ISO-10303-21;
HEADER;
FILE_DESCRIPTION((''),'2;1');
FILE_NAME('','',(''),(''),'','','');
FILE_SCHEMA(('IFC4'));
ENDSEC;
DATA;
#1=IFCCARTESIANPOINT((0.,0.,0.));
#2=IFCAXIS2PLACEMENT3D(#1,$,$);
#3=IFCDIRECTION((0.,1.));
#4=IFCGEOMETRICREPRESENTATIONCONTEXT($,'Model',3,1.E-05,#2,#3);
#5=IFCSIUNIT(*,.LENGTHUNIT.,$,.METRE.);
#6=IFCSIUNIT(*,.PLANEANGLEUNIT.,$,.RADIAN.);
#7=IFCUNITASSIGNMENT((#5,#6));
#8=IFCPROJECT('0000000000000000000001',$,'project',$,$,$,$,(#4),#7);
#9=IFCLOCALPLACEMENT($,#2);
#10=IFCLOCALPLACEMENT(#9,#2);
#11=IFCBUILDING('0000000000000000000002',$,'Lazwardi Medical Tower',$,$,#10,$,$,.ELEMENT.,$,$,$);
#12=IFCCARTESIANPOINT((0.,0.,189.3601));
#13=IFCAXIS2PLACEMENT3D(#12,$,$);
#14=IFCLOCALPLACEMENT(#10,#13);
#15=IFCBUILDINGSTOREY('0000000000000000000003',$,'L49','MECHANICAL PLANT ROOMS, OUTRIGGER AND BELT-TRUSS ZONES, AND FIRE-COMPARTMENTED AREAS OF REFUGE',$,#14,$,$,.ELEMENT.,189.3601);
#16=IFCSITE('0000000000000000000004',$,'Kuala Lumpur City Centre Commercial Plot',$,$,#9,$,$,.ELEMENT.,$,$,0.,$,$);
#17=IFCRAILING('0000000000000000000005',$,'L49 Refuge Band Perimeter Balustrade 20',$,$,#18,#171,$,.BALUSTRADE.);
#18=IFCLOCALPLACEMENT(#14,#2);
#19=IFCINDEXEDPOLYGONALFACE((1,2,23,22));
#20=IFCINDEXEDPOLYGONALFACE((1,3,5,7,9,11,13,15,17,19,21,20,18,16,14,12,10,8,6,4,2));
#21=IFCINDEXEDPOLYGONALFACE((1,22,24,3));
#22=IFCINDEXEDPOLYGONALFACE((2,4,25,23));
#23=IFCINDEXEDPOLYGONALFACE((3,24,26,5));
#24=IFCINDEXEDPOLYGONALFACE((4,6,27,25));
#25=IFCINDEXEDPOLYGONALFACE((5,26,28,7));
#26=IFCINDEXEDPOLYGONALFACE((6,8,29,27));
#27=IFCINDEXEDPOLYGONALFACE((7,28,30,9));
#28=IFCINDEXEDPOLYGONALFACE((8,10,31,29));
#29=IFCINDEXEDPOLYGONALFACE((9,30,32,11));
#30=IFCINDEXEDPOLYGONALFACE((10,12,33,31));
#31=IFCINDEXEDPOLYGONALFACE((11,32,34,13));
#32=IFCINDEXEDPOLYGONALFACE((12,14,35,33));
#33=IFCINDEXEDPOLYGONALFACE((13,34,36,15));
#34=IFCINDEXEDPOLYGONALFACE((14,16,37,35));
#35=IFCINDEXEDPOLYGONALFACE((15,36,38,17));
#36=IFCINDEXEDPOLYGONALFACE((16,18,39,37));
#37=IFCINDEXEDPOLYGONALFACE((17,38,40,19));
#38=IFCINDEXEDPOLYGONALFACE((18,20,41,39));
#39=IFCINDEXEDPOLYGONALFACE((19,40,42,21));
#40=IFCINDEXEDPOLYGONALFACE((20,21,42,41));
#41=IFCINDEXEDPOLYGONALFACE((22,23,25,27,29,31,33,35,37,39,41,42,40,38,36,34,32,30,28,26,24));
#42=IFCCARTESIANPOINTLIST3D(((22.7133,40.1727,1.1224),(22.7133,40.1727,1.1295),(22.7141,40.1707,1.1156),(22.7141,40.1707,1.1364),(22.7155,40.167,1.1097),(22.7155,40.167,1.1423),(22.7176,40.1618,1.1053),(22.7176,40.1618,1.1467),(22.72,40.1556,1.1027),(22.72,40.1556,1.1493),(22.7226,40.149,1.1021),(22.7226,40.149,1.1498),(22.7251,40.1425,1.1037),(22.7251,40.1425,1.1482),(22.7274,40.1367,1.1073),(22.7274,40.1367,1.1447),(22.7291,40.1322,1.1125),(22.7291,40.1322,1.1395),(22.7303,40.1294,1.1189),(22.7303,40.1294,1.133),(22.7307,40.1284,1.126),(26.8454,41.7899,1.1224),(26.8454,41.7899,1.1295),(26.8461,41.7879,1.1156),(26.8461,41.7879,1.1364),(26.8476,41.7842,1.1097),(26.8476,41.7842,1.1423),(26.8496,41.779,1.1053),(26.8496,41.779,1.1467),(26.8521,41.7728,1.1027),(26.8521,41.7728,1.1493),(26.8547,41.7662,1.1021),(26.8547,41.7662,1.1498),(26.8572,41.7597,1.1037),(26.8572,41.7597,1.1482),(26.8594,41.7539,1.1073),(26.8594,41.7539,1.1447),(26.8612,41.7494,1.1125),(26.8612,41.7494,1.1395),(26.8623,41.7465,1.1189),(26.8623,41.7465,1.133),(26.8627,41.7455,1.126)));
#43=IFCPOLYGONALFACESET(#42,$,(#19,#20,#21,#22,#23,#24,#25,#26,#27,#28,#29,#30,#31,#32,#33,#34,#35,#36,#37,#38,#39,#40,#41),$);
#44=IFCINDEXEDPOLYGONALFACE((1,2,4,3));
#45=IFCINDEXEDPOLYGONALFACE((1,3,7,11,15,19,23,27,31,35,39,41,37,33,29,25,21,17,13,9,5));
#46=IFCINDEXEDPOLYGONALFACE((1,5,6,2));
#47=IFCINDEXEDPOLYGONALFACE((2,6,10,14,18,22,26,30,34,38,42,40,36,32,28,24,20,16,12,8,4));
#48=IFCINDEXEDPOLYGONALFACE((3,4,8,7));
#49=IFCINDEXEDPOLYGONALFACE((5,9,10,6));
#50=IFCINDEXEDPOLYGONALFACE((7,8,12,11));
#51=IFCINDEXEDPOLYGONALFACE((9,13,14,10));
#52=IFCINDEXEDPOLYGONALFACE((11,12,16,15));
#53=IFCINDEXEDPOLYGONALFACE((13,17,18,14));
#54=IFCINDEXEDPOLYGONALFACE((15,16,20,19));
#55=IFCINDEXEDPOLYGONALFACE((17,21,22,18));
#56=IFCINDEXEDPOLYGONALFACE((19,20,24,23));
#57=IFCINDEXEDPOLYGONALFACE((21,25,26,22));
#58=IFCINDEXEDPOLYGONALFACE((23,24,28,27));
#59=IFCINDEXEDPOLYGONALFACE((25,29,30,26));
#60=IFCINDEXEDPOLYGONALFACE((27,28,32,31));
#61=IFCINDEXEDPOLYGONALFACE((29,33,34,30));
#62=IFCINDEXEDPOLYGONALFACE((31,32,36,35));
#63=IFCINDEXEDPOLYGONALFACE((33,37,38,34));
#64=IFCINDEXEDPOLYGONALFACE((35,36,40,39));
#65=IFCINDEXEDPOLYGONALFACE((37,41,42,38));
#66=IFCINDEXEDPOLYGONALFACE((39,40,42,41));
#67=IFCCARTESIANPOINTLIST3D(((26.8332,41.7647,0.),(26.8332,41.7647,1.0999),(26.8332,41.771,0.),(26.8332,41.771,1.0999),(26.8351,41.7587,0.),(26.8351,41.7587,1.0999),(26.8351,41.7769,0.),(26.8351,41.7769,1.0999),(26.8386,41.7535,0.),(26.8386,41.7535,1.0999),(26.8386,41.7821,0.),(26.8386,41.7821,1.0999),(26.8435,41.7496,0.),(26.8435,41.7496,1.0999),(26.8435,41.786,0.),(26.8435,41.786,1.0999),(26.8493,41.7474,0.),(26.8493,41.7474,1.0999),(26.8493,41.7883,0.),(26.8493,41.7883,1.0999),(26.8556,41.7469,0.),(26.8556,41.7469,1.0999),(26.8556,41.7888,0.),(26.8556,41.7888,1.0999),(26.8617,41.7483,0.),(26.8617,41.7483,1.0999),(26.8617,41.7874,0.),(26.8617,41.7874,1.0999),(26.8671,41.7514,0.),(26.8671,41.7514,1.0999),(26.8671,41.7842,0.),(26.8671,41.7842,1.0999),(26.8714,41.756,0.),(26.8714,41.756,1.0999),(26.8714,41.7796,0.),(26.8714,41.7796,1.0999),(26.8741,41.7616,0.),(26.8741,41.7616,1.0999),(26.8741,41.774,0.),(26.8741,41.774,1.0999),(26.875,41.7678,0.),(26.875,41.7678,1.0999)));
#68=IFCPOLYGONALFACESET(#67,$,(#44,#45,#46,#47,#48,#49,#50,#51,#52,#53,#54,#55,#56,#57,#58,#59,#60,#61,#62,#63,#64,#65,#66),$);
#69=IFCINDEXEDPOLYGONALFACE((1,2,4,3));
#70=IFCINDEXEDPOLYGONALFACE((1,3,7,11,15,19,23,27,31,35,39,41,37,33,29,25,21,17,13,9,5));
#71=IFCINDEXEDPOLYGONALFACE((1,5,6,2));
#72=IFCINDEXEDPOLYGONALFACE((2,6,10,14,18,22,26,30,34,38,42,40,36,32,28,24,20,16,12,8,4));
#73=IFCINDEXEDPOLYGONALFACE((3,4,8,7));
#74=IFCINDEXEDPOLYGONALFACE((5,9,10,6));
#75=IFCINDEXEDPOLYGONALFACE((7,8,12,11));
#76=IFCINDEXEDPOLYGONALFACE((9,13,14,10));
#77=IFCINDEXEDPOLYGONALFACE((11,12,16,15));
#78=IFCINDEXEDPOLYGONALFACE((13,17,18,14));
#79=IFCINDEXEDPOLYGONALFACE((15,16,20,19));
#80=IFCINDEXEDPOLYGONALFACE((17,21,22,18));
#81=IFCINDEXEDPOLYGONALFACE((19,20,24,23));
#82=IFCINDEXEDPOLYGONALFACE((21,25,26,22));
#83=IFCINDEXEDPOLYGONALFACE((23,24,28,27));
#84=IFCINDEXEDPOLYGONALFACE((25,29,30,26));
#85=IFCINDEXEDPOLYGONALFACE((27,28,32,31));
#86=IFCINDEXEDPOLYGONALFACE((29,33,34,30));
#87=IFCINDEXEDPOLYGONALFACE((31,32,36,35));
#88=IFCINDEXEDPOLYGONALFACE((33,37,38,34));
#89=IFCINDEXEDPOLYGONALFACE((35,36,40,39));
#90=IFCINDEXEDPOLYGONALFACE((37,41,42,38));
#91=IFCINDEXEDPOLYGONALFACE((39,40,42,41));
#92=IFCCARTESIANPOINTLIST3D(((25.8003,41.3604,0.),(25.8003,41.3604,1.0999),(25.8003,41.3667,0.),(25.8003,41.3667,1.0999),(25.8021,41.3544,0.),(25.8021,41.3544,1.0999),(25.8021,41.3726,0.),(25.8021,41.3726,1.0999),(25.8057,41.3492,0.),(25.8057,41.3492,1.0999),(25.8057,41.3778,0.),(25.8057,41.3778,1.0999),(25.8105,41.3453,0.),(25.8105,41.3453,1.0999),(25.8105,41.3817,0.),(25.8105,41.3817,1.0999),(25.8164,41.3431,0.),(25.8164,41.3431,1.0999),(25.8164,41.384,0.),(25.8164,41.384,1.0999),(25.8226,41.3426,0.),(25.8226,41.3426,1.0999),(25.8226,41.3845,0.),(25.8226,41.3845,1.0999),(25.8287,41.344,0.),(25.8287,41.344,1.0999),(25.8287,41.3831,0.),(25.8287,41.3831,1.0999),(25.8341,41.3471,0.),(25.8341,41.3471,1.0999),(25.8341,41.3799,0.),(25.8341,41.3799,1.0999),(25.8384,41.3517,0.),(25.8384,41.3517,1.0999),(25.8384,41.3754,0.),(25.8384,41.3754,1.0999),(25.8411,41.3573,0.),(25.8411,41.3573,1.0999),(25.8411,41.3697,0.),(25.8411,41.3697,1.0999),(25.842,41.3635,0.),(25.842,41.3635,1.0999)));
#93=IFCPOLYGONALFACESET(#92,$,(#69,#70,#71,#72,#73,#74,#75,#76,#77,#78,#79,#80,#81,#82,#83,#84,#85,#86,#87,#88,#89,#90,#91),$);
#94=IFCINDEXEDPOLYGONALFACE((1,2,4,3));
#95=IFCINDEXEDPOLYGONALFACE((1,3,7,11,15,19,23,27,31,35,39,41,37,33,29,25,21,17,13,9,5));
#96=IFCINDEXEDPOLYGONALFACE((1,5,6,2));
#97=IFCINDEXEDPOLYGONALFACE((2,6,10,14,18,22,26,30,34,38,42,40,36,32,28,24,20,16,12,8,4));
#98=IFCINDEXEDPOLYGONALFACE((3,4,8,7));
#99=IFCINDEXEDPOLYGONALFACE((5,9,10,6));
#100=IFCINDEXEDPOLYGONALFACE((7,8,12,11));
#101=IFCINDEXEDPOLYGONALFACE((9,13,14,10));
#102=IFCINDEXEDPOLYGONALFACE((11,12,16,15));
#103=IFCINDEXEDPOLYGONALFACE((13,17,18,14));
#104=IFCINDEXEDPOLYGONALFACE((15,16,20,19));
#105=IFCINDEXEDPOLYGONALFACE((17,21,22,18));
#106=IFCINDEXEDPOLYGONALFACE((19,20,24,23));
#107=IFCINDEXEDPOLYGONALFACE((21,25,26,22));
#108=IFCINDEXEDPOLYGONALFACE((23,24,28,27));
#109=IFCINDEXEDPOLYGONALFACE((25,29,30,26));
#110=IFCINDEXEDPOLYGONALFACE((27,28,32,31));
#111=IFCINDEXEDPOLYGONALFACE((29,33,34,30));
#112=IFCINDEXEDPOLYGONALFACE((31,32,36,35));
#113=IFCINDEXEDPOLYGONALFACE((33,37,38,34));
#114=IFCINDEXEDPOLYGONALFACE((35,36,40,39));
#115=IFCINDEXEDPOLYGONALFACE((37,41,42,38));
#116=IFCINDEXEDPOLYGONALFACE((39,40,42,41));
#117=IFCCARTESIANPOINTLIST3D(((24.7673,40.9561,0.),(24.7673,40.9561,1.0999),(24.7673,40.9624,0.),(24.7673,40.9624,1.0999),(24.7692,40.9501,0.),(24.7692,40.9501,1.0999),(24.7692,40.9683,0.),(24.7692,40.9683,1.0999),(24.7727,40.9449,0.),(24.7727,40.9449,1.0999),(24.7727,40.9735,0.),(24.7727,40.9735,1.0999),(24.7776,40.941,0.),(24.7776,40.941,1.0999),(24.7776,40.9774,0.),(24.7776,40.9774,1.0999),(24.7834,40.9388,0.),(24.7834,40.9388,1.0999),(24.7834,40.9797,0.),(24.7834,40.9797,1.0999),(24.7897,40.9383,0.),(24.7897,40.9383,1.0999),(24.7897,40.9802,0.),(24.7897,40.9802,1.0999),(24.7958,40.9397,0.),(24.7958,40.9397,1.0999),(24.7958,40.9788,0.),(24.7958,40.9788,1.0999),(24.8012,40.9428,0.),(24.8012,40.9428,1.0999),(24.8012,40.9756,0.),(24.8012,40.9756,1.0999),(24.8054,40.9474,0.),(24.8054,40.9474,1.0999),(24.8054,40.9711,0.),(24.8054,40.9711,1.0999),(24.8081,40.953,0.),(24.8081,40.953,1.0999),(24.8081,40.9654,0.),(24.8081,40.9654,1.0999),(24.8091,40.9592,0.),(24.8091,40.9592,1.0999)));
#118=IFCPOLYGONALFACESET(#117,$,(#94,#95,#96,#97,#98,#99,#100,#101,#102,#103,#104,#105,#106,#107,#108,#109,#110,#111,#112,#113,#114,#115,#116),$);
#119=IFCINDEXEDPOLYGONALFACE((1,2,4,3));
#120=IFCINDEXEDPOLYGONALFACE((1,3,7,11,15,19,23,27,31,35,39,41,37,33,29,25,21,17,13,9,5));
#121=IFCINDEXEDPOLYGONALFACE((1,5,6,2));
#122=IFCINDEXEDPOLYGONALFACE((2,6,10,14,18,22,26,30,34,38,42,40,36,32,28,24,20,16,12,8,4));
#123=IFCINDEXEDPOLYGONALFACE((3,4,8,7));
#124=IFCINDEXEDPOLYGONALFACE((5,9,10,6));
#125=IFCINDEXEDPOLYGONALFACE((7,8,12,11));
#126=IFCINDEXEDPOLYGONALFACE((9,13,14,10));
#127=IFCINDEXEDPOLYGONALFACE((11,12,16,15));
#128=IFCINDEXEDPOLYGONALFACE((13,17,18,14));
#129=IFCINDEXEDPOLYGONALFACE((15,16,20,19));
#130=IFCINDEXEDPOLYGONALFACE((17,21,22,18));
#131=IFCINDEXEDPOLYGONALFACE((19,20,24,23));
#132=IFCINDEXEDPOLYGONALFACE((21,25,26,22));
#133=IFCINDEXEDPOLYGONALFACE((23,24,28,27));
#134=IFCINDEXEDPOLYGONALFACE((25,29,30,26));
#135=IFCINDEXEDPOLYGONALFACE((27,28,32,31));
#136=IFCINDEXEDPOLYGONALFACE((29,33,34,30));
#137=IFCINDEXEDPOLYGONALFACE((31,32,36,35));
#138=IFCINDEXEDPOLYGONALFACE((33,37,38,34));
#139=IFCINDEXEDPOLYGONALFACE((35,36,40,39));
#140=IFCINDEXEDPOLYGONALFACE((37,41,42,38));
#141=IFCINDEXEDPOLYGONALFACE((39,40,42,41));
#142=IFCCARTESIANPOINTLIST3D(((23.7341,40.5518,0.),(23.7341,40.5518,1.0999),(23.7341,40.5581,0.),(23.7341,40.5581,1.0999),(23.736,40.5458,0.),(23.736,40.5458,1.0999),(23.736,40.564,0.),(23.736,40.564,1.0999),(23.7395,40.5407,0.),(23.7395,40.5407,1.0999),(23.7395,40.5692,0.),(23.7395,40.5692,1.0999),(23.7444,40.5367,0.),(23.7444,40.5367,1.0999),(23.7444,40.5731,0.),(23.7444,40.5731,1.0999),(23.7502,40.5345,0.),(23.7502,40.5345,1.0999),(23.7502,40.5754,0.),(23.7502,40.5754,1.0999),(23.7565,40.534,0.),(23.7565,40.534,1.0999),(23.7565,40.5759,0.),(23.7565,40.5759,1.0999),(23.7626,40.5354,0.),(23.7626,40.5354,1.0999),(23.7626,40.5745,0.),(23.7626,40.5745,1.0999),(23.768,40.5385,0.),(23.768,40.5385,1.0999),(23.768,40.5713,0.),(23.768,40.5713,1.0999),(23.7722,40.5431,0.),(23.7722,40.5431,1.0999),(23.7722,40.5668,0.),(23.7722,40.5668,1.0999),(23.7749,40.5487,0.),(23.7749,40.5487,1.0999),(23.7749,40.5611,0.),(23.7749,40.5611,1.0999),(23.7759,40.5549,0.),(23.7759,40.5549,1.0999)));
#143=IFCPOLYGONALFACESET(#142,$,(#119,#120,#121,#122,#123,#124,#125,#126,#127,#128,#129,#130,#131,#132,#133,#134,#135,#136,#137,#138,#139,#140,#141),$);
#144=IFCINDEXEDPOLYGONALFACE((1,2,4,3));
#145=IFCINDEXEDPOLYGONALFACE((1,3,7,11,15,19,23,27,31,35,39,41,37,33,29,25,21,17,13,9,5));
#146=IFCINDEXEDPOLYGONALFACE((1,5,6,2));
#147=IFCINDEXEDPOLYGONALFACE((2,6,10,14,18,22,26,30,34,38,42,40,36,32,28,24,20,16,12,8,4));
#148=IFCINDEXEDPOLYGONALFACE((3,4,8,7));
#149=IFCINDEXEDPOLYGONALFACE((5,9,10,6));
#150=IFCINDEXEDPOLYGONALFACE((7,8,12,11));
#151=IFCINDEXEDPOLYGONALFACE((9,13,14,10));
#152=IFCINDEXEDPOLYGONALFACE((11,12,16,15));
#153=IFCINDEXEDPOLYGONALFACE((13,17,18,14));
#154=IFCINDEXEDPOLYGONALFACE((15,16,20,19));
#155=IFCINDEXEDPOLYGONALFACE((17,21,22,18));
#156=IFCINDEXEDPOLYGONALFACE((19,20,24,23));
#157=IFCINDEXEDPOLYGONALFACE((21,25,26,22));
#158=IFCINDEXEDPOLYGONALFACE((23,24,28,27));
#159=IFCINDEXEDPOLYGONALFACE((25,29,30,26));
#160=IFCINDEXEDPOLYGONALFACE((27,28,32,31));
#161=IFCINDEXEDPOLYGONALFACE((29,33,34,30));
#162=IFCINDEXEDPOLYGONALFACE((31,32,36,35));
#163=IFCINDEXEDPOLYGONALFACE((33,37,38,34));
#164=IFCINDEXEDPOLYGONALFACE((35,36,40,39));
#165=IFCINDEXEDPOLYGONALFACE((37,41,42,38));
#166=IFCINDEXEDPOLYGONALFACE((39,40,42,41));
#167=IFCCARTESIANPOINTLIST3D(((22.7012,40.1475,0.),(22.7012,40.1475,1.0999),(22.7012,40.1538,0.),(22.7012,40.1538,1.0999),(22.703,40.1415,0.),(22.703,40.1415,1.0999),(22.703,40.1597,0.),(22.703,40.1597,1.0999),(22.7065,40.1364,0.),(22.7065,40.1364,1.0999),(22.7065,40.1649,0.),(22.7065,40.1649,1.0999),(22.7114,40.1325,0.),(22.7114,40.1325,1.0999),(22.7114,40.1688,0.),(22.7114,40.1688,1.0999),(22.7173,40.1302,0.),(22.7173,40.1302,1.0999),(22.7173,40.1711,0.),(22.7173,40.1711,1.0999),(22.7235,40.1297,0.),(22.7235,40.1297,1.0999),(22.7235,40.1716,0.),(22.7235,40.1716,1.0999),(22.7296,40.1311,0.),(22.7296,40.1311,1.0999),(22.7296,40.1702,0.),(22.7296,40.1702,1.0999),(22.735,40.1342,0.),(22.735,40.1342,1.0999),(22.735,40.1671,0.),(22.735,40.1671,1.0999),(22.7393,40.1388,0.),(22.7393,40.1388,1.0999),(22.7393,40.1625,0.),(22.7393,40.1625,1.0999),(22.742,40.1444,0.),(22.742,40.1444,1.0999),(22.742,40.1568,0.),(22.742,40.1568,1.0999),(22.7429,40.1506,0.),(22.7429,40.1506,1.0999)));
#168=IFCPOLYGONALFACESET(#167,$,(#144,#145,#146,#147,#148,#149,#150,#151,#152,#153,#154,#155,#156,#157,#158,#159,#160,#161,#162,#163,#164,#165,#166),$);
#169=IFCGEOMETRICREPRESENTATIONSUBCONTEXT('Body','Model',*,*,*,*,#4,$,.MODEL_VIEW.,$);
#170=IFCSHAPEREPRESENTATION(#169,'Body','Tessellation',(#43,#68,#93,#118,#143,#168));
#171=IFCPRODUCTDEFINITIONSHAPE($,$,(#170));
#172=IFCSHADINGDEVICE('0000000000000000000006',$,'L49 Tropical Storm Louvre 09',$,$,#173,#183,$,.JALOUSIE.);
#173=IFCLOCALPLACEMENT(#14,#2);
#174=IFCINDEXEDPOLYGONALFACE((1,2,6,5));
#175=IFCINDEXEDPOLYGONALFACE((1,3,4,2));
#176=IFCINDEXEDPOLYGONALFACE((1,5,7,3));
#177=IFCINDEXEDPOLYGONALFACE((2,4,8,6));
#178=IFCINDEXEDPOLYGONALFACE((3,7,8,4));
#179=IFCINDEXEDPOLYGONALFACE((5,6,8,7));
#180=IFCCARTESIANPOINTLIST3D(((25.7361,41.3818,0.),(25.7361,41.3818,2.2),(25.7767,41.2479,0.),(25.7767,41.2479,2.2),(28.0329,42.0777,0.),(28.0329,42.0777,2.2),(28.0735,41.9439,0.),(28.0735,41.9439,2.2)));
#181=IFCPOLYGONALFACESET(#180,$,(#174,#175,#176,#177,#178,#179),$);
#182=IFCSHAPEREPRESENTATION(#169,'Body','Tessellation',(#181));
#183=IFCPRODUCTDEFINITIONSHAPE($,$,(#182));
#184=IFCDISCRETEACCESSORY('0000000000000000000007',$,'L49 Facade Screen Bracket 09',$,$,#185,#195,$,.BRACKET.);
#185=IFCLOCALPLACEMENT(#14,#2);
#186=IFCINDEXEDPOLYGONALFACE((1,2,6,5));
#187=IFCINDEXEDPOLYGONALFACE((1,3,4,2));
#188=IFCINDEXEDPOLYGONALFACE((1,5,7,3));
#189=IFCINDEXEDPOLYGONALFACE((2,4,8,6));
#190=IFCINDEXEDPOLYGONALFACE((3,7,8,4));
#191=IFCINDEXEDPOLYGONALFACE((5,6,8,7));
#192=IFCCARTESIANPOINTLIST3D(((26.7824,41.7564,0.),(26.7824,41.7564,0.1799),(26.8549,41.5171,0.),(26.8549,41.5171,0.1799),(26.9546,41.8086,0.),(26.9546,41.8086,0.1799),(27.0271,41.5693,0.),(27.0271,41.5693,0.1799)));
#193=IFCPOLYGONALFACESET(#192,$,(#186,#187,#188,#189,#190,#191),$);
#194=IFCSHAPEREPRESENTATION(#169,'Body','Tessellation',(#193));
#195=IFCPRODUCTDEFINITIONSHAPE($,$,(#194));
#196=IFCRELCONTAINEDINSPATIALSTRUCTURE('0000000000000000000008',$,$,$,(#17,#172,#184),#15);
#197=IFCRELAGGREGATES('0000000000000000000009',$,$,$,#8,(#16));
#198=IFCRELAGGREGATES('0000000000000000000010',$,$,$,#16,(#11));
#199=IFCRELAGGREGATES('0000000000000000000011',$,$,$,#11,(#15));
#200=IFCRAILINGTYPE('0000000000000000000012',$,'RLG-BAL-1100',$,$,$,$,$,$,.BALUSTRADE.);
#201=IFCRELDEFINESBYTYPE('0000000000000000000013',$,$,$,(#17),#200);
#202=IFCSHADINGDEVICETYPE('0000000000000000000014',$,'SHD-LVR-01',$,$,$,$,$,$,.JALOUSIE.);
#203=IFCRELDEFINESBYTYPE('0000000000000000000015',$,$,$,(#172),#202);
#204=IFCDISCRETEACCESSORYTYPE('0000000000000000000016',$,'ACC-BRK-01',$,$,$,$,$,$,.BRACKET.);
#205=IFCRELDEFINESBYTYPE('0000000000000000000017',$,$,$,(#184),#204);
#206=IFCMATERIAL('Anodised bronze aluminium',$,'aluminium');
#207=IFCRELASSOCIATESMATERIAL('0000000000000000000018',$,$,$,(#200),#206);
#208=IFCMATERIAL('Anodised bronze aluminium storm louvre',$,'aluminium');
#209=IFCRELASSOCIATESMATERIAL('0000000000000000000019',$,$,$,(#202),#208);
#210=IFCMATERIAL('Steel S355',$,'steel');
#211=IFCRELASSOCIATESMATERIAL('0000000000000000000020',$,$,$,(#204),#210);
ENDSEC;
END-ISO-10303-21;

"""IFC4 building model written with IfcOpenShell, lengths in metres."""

from ifc_helpers import new_model, si_unit, direction, frame, origin, origin_2d, place, context, subcontext, project, spatial, rectangle, circle, extrude, material, type_object, element, save


model = new_model("IFC4")

# Units and contexts
model_context = context("Model", 3, precision=1e-05, world=origin(), true_north=direction((0.0, 1.0)))
body_context = subcontext(model_context, "Body", "Model", "MODEL_VIEW")
ifc_project = project(units=[si_unit("LENGTHUNIT", "METRE"), si_unit("PLANEANGLEUNIT", "RADIAN")], contexts=[model_context])

# Site, building, storey
site_placement = place(None, origin())
site = spatial("IfcSite", under=ifc_project, at=site_placement, Name="Kuala Lumpur City Centre Commercial Plot", CompositionType="ELEMENT", RefElevation=0.0)
building_placement = place(site_placement, origin())
building = spatial("IfcBuilding", under=site, at=building_placement, Name="Lazwardi Medical Tower", CompositionType="ELEMENT")
storey_placement = place(building_placement, frame((0.0, 0.0, 189.3601)))
storey = spatial("IfcBuildingStorey", under=building, at=storey_placement, Name="L49", Description="MECHANICAL PLANT ROOMS, OUTRIGGER AND BELT-TRUSS ZONES, AND FIRE-COMPARTMENTED AREAS OF REFUGE", CompositionType="ELEMENT", Elevation=189.3601)

# Shared definitions
ifc_material_1 = material(Name="Steel S355", Category="steel")

# Railing
ifc_material_2 = material(Name="Anodised bronze aluminium", Category="aluminium")
railing_type = type_object("IfcRailingType", Name="RLG-BAL-1100", PredefinedType="BALUSTRADE", material=ifc_material_2)
railing_1_placement = place(storey_placement, frame((26.854, 41.7678, 0.0)))
element("IfcRailing", 1, at=railing_1_placement, inside=storey, type_object=railing_type, Name="L49 Refuge Band Perimeter Balustrade 20", PredefinedType="BALUSTRADE", context=body_context, shape_type="SweptSolid", body=[
    extrude(circle(Radius=0.0239, at=origin_2d()), frame((0.0, 0.0, 1.126), z_axis=(-0.931221, -0.364455, 0.0), x_axis=(0.364455, -0.931221, 0.0)), (0.0, 0.0, 1.0), 4.4373),
    extrude(circle(Radius=0.021, at=origin_2d()), origin(), (0.0, 0.0, 1.0), 1.0999),
    extrude(circle(Radius=0.021, at=origin_2d()), frame((-1.033, -0.4043, 0.0)), (0.0, 0.0, 1.0), 1.0999),
    extrude(circle(Radius=0.021, at=origin_2d()), frame((-2.0659, -0.8086, 0.0)), (0.0, 0.0, 1.0), 1.0999),
    extrude(circle(Radius=0.021, at=origin_2d()), frame((-3.0991, -1.2129, 0.0)), (0.0, 0.0, 1.0), 1.0999),
    extrude(circle(Radius=0.021, at=origin_2d()), frame((-4.1321, -1.6172, 0.0)), (0.0, 0.0, 1.0), 1.0999),
])

# Shading device
ifc_material_3 = material(Name="Anodised bronze aluminium storm louvre", Category="aluminium")
shading_device_type = type_object("IfcShadingDeviceType", Name="SHD-LVR-01", PredefinedType="JALOUSIE", material=ifc_material_3)
shading_device_placement = place(storey_placement, frame((26.9048, 41.6628, 0.0), z_axis=(0.0, 0.0, 1.0), x_axis=(-0.957032, -0.289981, 0.0)))
element("IfcShadingDevice", 2, at=shading_device_placement, inside=storey, type_object=shading_device_type, Name="L49 Tropical Storm Louvre 09", PredefinedType="JALOUSIE", context=body_context, shape_type="SweptSolid", body=[
    extrude(rectangle(XDim=2.3999, YDim=0.1399, at=origin_2d()), origin(), (0.0, 0.0, 1.0), 2.2),
])

# Discrete accessory
discrete_accessory_type = type_object("IfcDiscreteAccessoryType", Name="ACC-BRK-01", PredefinedType="BRACKET", material=ifc_material_1)
discrete_accessory_placement = place(storey_placement, frame((26.9048, 41.6628, 0.0), z_axis=(0.0, 0.0, 1.0), x_axis=(-0.957032, -0.289981, 0.0)))
element("IfcDiscreteAccessory", 3, at=discrete_accessory_placement, inside=storey, type_object=discrete_accessory_type, Name="L49 Facade Screen Bracket 09", PredefinedType="BRACKET", context=body_context, shape_type="SweptSolid", body=[
    extrude(rectangle(XDim=0.1799, YDim=0.25, at=origin_2d()), origin(), (0.0, 0.0, 1.0), 0.1799),
])

save(model, "model.ifc")
